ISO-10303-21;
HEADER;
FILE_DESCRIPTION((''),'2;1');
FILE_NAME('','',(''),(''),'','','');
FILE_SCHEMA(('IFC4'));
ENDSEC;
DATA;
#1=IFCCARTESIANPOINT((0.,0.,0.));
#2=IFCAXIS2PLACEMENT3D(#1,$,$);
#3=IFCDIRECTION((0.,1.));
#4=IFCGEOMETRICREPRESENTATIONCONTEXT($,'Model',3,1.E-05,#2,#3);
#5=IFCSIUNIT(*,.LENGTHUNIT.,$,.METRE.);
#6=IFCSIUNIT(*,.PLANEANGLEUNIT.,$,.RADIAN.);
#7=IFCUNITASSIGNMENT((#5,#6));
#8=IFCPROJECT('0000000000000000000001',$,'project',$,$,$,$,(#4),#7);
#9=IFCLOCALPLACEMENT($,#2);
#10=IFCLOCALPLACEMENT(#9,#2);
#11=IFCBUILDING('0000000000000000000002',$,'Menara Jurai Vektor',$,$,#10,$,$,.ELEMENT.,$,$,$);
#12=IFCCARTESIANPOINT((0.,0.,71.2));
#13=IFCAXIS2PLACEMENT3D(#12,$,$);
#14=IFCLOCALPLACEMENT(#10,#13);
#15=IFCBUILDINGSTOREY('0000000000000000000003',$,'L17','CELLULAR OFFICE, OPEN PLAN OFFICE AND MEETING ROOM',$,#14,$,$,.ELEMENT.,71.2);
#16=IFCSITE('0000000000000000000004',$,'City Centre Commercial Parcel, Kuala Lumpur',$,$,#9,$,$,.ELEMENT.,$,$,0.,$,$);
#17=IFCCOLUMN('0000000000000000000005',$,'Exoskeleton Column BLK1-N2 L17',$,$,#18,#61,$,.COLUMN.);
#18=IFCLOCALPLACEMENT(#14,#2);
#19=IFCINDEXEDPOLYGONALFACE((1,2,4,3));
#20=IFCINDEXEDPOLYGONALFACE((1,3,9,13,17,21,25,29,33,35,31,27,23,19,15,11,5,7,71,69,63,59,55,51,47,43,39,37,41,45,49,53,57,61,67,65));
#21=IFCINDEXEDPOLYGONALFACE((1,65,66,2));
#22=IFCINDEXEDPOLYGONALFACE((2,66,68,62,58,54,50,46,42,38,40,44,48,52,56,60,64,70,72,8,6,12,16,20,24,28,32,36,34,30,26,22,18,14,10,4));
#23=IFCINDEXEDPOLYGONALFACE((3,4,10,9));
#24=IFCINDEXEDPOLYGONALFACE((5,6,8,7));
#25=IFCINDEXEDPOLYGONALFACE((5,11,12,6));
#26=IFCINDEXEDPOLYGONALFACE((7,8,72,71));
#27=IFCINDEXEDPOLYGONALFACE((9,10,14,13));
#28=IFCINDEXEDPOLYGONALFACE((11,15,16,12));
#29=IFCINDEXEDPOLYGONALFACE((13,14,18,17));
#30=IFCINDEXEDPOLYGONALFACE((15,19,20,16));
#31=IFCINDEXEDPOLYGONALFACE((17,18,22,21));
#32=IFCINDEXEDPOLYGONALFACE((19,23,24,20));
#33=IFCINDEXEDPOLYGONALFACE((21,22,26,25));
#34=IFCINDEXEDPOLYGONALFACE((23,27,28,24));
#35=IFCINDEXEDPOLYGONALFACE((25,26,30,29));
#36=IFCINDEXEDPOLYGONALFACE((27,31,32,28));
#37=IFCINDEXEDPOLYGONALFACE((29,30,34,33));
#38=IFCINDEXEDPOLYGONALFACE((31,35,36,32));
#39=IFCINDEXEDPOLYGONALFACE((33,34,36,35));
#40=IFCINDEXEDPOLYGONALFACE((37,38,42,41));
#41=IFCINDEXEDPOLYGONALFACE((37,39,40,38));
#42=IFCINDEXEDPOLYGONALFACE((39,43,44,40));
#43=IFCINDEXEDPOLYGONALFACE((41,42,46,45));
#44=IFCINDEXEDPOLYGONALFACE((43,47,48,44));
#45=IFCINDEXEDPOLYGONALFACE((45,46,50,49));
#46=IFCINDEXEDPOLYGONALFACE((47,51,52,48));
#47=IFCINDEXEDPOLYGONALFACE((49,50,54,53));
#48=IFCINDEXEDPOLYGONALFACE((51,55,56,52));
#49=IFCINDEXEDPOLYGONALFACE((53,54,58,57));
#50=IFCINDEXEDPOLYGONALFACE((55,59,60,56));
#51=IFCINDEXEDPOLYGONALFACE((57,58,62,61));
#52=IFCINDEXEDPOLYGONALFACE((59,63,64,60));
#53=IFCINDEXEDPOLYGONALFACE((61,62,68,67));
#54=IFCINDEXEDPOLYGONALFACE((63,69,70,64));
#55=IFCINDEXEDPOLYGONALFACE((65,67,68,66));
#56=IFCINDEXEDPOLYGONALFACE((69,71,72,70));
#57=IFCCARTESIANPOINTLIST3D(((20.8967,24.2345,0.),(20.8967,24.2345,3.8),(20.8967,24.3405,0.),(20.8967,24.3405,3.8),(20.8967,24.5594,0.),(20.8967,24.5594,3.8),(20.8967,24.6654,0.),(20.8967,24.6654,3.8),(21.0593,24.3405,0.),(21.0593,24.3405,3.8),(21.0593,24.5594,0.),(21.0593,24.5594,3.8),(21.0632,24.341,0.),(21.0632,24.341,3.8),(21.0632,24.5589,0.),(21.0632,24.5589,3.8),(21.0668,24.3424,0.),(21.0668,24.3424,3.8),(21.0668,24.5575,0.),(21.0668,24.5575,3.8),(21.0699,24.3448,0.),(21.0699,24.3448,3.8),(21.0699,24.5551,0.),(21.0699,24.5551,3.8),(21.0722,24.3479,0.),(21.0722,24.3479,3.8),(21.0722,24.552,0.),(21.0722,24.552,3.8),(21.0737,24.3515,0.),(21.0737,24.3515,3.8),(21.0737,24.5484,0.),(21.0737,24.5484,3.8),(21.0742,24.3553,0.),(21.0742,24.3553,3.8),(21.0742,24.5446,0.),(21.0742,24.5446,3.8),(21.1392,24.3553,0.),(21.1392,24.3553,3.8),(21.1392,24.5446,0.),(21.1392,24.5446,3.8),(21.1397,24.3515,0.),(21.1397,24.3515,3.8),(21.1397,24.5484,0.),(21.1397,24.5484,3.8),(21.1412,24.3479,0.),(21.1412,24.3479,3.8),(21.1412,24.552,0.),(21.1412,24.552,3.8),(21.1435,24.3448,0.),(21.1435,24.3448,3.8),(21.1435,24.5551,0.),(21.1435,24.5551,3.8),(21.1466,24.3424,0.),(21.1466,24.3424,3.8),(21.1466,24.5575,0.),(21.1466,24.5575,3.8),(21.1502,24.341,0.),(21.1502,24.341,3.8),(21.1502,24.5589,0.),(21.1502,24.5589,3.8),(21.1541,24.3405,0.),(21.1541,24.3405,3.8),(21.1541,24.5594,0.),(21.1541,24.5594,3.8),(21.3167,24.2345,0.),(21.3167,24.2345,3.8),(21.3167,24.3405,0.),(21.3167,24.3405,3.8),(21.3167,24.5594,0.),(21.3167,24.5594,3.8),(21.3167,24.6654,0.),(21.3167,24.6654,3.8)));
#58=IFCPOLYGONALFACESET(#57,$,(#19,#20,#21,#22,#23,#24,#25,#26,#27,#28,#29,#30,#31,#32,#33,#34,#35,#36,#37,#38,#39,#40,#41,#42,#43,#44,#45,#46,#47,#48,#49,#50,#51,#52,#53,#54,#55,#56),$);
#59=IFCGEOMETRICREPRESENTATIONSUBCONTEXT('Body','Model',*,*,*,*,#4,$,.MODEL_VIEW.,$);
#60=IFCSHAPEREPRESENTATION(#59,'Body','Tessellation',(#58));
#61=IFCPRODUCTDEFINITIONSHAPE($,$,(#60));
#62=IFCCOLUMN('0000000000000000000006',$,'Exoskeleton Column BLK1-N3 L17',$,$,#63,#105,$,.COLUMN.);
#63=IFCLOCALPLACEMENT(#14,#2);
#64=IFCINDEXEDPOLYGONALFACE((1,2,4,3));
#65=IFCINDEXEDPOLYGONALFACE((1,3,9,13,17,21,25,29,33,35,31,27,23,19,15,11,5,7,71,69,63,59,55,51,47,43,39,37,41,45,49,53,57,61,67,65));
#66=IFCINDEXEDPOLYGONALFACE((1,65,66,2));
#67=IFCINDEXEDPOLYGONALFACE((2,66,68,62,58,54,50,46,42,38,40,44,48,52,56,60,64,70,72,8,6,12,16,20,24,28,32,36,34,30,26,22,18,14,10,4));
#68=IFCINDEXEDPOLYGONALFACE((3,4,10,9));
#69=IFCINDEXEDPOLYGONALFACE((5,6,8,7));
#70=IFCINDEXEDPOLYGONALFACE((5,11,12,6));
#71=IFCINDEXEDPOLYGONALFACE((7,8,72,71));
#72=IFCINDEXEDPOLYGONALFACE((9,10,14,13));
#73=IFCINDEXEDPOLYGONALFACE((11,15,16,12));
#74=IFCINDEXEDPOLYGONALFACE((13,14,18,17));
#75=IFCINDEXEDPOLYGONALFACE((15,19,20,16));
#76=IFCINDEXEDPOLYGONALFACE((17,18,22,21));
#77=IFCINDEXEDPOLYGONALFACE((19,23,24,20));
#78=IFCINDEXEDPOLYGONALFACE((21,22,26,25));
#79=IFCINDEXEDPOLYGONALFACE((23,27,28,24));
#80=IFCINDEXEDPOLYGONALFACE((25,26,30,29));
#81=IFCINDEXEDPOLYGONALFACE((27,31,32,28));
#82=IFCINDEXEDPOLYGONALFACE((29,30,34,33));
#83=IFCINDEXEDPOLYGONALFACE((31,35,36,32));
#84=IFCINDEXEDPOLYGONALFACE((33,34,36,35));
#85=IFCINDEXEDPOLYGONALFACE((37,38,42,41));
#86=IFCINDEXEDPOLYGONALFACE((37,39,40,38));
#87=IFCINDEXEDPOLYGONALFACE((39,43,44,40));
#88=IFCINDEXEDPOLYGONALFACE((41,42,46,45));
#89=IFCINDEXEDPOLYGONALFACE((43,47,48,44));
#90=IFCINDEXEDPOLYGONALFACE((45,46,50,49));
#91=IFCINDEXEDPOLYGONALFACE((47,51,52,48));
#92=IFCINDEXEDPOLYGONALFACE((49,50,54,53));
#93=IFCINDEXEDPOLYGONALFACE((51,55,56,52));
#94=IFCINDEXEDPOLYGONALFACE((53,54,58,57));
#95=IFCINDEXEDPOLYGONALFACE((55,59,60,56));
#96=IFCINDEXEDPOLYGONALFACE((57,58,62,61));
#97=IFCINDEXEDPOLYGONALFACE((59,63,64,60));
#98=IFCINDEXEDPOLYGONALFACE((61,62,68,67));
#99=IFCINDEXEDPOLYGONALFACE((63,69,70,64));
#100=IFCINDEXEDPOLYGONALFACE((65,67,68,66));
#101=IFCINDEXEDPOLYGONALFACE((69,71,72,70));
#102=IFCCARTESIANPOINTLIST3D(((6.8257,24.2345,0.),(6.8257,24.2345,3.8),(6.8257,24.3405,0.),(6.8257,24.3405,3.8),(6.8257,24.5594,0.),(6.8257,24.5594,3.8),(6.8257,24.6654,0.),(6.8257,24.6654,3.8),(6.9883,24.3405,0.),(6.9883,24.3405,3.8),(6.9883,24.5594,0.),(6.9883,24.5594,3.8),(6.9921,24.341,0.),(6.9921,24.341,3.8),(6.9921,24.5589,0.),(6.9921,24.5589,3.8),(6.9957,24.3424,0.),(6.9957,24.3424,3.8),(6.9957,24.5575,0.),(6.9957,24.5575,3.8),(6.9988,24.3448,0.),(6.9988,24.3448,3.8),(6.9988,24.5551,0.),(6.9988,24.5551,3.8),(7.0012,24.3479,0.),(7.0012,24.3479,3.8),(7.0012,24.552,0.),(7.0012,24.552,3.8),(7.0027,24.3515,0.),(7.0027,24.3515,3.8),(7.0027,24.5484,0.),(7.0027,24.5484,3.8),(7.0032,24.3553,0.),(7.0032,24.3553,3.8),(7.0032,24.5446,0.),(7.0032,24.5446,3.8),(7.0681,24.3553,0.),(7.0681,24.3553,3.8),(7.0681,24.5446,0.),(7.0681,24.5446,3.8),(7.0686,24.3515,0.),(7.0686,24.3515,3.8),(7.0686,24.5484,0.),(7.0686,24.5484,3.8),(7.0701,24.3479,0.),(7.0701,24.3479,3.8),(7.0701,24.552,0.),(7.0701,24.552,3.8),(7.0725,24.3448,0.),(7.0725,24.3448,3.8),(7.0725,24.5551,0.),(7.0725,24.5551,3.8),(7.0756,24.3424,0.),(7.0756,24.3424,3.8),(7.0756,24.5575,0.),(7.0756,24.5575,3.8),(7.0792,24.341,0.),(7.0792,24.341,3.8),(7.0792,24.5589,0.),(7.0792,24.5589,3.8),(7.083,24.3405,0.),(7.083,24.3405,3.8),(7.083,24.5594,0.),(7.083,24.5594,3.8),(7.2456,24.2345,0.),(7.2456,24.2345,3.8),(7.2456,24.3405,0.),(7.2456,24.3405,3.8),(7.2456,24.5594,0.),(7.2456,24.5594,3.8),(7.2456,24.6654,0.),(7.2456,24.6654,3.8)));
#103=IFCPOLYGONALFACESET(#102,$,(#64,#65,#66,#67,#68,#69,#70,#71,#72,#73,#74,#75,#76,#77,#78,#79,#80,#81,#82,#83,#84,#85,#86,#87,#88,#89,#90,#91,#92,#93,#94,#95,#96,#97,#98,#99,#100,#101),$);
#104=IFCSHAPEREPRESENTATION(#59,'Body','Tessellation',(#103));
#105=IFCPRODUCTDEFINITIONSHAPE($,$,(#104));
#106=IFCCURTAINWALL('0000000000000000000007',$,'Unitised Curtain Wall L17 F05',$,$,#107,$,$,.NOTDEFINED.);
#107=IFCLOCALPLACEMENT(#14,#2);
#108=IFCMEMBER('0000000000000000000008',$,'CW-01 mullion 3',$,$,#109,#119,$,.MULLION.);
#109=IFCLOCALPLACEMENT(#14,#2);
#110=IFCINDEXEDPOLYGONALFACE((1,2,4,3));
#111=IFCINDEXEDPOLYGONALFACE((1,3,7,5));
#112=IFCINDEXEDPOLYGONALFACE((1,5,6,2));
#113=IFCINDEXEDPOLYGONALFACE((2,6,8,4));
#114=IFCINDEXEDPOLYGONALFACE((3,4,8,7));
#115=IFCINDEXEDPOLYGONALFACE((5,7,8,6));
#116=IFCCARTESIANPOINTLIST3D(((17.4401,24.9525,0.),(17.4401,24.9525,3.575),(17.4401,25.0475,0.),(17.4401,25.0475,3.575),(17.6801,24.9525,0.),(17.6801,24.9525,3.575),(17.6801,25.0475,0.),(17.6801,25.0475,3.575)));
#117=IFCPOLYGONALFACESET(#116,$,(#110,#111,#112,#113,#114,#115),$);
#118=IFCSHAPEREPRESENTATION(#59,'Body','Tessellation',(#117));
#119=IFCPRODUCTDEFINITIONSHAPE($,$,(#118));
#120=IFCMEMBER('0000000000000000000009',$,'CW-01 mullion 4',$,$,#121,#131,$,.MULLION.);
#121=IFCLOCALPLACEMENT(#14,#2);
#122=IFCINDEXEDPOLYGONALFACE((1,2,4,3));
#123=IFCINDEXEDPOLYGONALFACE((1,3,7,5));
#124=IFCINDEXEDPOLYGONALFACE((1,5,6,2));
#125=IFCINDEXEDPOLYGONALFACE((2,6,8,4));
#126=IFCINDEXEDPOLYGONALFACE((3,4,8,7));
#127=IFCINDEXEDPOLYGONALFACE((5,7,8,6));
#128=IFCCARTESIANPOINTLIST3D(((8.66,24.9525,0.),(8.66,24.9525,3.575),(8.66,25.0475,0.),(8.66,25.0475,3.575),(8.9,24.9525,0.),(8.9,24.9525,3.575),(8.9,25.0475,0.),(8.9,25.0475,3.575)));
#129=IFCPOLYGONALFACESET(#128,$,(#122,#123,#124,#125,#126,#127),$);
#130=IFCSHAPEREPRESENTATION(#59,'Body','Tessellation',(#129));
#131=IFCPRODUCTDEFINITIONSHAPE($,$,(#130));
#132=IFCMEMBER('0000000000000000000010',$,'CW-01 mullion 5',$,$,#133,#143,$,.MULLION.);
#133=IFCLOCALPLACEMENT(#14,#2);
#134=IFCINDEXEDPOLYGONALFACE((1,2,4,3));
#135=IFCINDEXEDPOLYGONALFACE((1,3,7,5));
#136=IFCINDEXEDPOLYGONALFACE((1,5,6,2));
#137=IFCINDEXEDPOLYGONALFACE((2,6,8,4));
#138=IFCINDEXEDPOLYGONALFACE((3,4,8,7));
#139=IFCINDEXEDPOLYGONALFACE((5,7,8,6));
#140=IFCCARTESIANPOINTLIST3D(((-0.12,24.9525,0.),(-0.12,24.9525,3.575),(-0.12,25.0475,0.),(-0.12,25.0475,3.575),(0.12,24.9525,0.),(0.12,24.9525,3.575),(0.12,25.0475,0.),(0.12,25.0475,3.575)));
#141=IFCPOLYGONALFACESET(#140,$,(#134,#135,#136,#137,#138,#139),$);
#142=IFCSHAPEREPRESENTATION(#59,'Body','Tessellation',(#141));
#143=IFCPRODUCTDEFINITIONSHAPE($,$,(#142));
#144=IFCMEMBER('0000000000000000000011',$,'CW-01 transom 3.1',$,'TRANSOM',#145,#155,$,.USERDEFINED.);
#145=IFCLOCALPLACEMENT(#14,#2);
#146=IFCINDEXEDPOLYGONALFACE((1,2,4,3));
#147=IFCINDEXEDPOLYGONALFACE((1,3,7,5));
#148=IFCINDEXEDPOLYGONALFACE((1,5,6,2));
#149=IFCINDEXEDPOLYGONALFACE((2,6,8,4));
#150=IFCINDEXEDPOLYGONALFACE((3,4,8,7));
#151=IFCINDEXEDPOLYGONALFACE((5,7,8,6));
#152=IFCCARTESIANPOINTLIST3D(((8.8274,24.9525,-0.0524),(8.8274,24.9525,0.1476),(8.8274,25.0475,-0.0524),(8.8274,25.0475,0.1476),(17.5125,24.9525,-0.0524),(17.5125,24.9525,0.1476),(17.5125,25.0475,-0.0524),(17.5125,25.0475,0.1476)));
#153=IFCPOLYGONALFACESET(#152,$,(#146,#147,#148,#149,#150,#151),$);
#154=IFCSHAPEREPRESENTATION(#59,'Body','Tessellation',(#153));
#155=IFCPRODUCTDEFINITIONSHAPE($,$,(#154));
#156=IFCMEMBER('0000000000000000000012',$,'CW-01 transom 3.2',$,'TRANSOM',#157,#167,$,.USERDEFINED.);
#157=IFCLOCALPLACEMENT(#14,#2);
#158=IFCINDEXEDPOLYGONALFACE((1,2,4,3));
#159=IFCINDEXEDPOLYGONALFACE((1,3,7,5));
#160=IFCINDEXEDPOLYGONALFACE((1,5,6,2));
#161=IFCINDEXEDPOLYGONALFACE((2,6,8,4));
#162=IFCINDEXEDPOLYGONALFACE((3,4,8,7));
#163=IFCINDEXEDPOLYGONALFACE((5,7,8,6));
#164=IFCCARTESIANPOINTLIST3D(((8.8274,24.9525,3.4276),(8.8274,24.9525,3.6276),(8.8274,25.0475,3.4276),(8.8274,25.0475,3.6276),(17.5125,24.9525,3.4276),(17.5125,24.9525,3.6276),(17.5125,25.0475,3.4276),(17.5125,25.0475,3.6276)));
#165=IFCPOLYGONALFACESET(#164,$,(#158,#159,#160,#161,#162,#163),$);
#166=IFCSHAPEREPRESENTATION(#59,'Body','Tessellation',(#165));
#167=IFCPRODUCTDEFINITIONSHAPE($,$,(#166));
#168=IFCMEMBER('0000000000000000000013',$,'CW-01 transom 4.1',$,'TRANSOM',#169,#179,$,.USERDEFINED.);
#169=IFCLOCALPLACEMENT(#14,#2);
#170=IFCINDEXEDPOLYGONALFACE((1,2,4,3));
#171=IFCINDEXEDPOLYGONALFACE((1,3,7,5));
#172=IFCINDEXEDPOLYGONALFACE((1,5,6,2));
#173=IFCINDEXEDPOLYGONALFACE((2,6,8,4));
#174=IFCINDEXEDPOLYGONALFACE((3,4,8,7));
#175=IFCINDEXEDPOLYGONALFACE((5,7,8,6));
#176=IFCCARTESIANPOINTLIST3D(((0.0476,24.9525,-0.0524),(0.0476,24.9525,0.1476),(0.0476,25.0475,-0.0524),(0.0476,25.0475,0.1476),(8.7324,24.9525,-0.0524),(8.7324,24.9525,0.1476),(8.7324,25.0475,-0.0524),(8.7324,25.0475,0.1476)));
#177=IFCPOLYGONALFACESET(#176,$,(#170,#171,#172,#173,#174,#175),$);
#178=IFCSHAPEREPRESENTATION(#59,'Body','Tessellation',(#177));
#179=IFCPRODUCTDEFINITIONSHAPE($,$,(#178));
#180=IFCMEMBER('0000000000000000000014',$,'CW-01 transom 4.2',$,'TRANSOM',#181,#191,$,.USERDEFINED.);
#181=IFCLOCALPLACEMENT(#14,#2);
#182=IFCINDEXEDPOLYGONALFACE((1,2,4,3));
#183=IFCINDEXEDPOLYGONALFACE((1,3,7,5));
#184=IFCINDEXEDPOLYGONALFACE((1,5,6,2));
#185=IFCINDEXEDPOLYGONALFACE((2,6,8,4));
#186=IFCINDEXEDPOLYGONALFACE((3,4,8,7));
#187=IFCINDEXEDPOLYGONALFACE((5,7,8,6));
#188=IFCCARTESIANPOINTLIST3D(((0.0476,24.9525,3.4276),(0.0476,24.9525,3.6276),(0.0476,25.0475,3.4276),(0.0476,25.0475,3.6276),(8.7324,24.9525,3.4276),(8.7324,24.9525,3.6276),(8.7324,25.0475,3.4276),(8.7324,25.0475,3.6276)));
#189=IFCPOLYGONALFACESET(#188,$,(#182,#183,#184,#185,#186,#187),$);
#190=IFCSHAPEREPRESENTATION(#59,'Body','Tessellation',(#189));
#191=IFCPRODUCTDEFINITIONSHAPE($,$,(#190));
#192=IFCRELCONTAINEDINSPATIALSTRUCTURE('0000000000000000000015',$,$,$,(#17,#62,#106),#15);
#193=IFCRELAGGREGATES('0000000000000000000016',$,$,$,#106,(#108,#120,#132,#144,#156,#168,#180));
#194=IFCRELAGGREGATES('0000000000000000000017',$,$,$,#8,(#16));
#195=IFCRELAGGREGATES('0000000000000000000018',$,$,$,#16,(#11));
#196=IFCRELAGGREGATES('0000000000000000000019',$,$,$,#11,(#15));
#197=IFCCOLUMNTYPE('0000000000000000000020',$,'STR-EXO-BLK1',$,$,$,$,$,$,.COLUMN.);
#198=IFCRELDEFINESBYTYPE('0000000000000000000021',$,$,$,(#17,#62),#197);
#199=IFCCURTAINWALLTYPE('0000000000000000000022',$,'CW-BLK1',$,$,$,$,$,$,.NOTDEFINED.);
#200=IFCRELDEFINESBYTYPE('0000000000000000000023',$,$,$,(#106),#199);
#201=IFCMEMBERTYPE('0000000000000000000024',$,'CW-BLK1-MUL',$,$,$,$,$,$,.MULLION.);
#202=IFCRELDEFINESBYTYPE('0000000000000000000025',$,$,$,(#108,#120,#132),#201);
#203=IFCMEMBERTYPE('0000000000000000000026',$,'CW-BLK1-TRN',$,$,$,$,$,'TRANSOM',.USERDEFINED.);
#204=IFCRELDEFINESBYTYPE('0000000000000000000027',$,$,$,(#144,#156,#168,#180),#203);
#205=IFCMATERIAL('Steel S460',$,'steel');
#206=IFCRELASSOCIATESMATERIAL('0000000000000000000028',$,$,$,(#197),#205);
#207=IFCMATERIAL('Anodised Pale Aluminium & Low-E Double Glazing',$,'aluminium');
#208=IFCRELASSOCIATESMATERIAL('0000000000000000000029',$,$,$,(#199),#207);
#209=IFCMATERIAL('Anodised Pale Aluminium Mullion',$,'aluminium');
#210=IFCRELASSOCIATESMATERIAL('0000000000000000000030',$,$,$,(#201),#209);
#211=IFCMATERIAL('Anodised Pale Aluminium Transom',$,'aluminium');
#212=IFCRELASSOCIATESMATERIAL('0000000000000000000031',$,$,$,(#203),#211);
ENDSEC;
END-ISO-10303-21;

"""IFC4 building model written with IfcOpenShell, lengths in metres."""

from ifc_helpers import new_model, si_unit, direction, frame, origin, origin_2d, place, context, subcontext, project, spatial, rectangle, i_section, extrude, material, material_profile, profile_set, type_object, element, aggregate, save


model = new_model("IFC4")

# Units and contexts
model_context = context("Model", 3, precision=1e-05, world=origin(), true_north=direction((0.0, 1.0)))
body_context = subcontext(model_context, "Body", "Model", "MODEL_VIEW")
ifc_project = project(units=[si_unit("LENGTHUNIT", "METRE"), si_unit("PLANEANGLEUNIT", "RADIAN")], contexts=[model_context])

# Site, building, storey
site_placement = place(None, origin())
site = spatial("IfcSite", under=ifc_project, at=site_placement, Name="City Centre Commercial Parcel, Kuala Lumpur", CompositionType="ELEMENT", RefElevation=0.0)
building_placement = place(site_placement, origin())
building = spatial("IfcBuilding", under=site, at=building_placement, Name="Menara Jurai Vektor", CompositionType="ELEMENT")
storey_placement = place(building_placement, frame((0.0, 0.0, 71.2)))
storey = spatial("IfcBuildingStorey", under=building, at=storey_placement, Name="L17", Description="CELLULAR OFFICE, OPEN PLAN OFFICE AND MEETING ROOM", CompositionType="ELEMENT", Elevation=71.2)

# Columns
ifc_material_1 = material(Name="Steel S460", Category="steel")
ifc_material_profile_1 = material_profile(ifc_material_1, i_section(OverallWidth=0.4199, OverallDepth=0.4309, WebThickness=0.0649, FlangeThickness=0.106, FilletRadius=0.0149, at=origin_2d()), Name="HD 400x900")
ifc_profile_set_1 = profile_set([ifc_material_profile_1], Name="Steel S460")
column_type = type_object("IfcColumnType", Name="STR-EXO-BLK1", PredefinedType="COLUMN", material=ifc_profile_set_1)
for number, where, z_axis, x_axis, name in (
    (1, (21.1067, 24.45, 0.0), (0.0, 0.0, 1.0), (1.0, 0.0, 0.0), "Exoskeleton Column BLK1-N2 L17"),
    (2, (7.0356, 24.45, 0.0), (0.0, 0.0, 1.0), (1.0, 0.0, 0.0), "Exoskeleton Column BLK1-N3 L17"),
):
    element("IfcColumn", number, at=place(storey_placement, frame(where, z_axis=z_axis, x_axis=x_axis)), inside=storey, type_object=column_type, Name=name, PredefinedType="COLUMN", context=body_context, shape_type="SweptSolid", body=[
        extrude(i_section(OverallWidth=0.4199, OverallDepth=0.4309, WebThickness=0.0649, FlangeThickness=0.106, FilletRadius=0.0149, at=origin_2d()), origin(), (0.0, 0.0, 1.0), 3.8),
    ])

# Curtain wall, members
ifc_material_2 = material(Name="Anodised Pale Aluminium & Low-E Double Glazing", Category="aluminium")
curtain_wall_type = type_object("IfcCurtainWallType", Name="CW-BLK1", PredefinedType="NOTDEFINED", material=ifc_material_2)
curtain_wall_placement = place(storey_placement, origin())
curtain_wall = element("IfcCurtainWall", 3, at=curtain_wall_placement, inside=storey, type_object=curtain_wall_type, Name="Unitised Curtain Wall L17 F05", PredefinedType="NOTDEFINED")
ifc_material_3 = material(Name="Anodised Pale Aluminium Mullion", Category="aluminium")
ifc_material_profile_2 = material_profile(ifc_material_3, rectangle(XDim=0.095, YDim=0.24, at=origin_2d()), Name="ALU MUL 95x240")
ifc_profile_set_2 = profile_set([ifc_material_profile_2], Name="Anodised Pale Aluminium Mullion")
member_type_1 = type_object("IfcMemberType", Name="CW-BLK1-MUL", PredefinedType="MULLION", material=ifc_profile_set_2)
member_1_placement = place(storey_placement, frame((17.5601, 25.0, 0.0), z_axis=(0.0, 0.0, 1.0), x_axis=(0.0, -1.0, 0.0)))
member_1 = element("IfcMember", 4, at=member_1_placement, type_object=member_type_1, Name="CW-01 mullion 3", PredefinedType="MULLION", context=body_context, shape_type="SweptSolid", body=[
    extrude(rectangle(XDim=0.095, YDim=0.24, at=origin_2d()), origin(), (0.0, 0.0, 1.0), 3.575),
])
member_2_placement = place(storey_placement, frame((8.78, 25.0, 0.0), z_axis=(0.0, 0.0, 1.0), x_axis=(0.0, -1.0, 0.0)))
member_2 = element("IfcMember", 5, at=member_2_placement, type_object=member_type_1, Name="CW-01 mullion 4", PredefinedType="MULLION", context=body_context, shape_type="SweptSolid", body=[
    extrude(rectangle(XDim=0.095, YDim=0.24, at=origin_2d()), origin(), (0.0, 0.0, 1.0), 3.575),
])
member_3_placement = place(storey_placement, frame((0.0, 25.0, 0.0), z_axis=(0.0, 0.0, 1.0), x_axis=(0.0, -1.0, 0.0)))
member_3 = element("IfcMember", 6, at=member_3_placement, type_object=member_type_1, Name="CW-01 mullion 5", PredefinedType="MULLION", context=body_context, shape_type="SweptSolid", body=[
    extrude(rectangle(XDim=0.095, YDim=0.24, at=origin_2d()), origin(), (0.0, 0.0, 1.0), 3.575),
])
ifc_material_4 = material(Name="Anodised Pale Aluminium Transom", Category="aluminium")
ifc_material_profile_3 = material_profile(ifc_material_4, rectangle(XDim=0.095, YDim=0.2, at=origin_2d()), Name="ALU TRN 95x200")
ifc_profile_set_3 = profile_set([ifc_material_profile_3], Name="Anodised Pale Aluminium Transom")
member_type_2 = type_object("IfcMemberType", Name="CW-BLK1-TRN", ElementType="TRANSOM", PredefinedType="USERDEFINED", material=ifc_profile_set_3)
member_4_placement = place(storey_placement, frame((17.5125, 25.0, 0.0476), z_axis=(-1.0, 0.0, 0.0), x_axis=(0.0, -1.0, 0.0)))
member_4 = element("IfcMember", 7, at=member_4_placement, type_object=member_type_2, Name="CW-01 transom 3.1", ObjectType="TRANSOM", PredefinedType="USERDEFINED", context=body_context, shape_type="SweptSolid", body=[
    extrude(rectangle(XDim=0.095, YDim=0.2, at=origin_2d()), origin(), (0.0, 0.0, 1.0), 8.6851),
])
member_5_placement = place(storey_placement, frame((17.5125, 25.0, 3.5276), z_axis=(-1.0, 0.0, 0.0), x_axis=(0.0, -1.0, 0.0)))
member_5 = element("IfcMember", 8, at=member_5_placement, type_object=member_type_2, Name="CW-01 transom 3.2", ObjectType="TRANSOM", PredefinedType="USERDEFINED", context=body_context, shape_type="SweptSolid", body=[
    extrude(rectangle(XDim=0.095, YDim=0.2, at=origin_2d()), origin(), (0.0, 0.0, 1.0), 8.6851),
])
member_6_placement = place(storey_placement, frame((8.7324, 25.0, 0.0476), z_axis=(-1.0, 0.0, 0.0), x_axis=(0.0, -1.0, 0.0)))
member_6 = element("IfcMember", 9, at=member_6_placement, type_object=member_type_2, Name="CW-01 transom 4.1", ObjectType="TRANSOM", PredefinedType="USERDEFINED", context=body_context, shape_type="SweptSolid", body=[
    extrude(rectangle(XDim=0.095, YDim=0.2, at=origin_2d()), origin(), (0.0, 0.0, 1.0), 8.6848),
])
member_7_placement = place(storey_placement, frame((8.7324, 25.0, 3.5276), z_axis=(-1.0, 0.0, 0.0), x_axis=(0.0, -1.0, 0.0)))
member_7 = element("IfcMember", 10, at=member_7_placement, type_object=member_type_2, Name="CW-01 transom 4.2", ObjectType="TRANSOM", PredefinedType="USERDEFINED", context=body_context, shape_type="SweptSolid", body=[
    extrude(rectangle(XDim=0.095, YDim=0.2, at=origin_2d()), origin(), (0.0, 0.0, 1.0), 8.6848),
])

aggregate(curtain_wall, [member_1, member_2, member_3, member_4, member_5, member_6, member_7])

save(model, "model.ifc")
